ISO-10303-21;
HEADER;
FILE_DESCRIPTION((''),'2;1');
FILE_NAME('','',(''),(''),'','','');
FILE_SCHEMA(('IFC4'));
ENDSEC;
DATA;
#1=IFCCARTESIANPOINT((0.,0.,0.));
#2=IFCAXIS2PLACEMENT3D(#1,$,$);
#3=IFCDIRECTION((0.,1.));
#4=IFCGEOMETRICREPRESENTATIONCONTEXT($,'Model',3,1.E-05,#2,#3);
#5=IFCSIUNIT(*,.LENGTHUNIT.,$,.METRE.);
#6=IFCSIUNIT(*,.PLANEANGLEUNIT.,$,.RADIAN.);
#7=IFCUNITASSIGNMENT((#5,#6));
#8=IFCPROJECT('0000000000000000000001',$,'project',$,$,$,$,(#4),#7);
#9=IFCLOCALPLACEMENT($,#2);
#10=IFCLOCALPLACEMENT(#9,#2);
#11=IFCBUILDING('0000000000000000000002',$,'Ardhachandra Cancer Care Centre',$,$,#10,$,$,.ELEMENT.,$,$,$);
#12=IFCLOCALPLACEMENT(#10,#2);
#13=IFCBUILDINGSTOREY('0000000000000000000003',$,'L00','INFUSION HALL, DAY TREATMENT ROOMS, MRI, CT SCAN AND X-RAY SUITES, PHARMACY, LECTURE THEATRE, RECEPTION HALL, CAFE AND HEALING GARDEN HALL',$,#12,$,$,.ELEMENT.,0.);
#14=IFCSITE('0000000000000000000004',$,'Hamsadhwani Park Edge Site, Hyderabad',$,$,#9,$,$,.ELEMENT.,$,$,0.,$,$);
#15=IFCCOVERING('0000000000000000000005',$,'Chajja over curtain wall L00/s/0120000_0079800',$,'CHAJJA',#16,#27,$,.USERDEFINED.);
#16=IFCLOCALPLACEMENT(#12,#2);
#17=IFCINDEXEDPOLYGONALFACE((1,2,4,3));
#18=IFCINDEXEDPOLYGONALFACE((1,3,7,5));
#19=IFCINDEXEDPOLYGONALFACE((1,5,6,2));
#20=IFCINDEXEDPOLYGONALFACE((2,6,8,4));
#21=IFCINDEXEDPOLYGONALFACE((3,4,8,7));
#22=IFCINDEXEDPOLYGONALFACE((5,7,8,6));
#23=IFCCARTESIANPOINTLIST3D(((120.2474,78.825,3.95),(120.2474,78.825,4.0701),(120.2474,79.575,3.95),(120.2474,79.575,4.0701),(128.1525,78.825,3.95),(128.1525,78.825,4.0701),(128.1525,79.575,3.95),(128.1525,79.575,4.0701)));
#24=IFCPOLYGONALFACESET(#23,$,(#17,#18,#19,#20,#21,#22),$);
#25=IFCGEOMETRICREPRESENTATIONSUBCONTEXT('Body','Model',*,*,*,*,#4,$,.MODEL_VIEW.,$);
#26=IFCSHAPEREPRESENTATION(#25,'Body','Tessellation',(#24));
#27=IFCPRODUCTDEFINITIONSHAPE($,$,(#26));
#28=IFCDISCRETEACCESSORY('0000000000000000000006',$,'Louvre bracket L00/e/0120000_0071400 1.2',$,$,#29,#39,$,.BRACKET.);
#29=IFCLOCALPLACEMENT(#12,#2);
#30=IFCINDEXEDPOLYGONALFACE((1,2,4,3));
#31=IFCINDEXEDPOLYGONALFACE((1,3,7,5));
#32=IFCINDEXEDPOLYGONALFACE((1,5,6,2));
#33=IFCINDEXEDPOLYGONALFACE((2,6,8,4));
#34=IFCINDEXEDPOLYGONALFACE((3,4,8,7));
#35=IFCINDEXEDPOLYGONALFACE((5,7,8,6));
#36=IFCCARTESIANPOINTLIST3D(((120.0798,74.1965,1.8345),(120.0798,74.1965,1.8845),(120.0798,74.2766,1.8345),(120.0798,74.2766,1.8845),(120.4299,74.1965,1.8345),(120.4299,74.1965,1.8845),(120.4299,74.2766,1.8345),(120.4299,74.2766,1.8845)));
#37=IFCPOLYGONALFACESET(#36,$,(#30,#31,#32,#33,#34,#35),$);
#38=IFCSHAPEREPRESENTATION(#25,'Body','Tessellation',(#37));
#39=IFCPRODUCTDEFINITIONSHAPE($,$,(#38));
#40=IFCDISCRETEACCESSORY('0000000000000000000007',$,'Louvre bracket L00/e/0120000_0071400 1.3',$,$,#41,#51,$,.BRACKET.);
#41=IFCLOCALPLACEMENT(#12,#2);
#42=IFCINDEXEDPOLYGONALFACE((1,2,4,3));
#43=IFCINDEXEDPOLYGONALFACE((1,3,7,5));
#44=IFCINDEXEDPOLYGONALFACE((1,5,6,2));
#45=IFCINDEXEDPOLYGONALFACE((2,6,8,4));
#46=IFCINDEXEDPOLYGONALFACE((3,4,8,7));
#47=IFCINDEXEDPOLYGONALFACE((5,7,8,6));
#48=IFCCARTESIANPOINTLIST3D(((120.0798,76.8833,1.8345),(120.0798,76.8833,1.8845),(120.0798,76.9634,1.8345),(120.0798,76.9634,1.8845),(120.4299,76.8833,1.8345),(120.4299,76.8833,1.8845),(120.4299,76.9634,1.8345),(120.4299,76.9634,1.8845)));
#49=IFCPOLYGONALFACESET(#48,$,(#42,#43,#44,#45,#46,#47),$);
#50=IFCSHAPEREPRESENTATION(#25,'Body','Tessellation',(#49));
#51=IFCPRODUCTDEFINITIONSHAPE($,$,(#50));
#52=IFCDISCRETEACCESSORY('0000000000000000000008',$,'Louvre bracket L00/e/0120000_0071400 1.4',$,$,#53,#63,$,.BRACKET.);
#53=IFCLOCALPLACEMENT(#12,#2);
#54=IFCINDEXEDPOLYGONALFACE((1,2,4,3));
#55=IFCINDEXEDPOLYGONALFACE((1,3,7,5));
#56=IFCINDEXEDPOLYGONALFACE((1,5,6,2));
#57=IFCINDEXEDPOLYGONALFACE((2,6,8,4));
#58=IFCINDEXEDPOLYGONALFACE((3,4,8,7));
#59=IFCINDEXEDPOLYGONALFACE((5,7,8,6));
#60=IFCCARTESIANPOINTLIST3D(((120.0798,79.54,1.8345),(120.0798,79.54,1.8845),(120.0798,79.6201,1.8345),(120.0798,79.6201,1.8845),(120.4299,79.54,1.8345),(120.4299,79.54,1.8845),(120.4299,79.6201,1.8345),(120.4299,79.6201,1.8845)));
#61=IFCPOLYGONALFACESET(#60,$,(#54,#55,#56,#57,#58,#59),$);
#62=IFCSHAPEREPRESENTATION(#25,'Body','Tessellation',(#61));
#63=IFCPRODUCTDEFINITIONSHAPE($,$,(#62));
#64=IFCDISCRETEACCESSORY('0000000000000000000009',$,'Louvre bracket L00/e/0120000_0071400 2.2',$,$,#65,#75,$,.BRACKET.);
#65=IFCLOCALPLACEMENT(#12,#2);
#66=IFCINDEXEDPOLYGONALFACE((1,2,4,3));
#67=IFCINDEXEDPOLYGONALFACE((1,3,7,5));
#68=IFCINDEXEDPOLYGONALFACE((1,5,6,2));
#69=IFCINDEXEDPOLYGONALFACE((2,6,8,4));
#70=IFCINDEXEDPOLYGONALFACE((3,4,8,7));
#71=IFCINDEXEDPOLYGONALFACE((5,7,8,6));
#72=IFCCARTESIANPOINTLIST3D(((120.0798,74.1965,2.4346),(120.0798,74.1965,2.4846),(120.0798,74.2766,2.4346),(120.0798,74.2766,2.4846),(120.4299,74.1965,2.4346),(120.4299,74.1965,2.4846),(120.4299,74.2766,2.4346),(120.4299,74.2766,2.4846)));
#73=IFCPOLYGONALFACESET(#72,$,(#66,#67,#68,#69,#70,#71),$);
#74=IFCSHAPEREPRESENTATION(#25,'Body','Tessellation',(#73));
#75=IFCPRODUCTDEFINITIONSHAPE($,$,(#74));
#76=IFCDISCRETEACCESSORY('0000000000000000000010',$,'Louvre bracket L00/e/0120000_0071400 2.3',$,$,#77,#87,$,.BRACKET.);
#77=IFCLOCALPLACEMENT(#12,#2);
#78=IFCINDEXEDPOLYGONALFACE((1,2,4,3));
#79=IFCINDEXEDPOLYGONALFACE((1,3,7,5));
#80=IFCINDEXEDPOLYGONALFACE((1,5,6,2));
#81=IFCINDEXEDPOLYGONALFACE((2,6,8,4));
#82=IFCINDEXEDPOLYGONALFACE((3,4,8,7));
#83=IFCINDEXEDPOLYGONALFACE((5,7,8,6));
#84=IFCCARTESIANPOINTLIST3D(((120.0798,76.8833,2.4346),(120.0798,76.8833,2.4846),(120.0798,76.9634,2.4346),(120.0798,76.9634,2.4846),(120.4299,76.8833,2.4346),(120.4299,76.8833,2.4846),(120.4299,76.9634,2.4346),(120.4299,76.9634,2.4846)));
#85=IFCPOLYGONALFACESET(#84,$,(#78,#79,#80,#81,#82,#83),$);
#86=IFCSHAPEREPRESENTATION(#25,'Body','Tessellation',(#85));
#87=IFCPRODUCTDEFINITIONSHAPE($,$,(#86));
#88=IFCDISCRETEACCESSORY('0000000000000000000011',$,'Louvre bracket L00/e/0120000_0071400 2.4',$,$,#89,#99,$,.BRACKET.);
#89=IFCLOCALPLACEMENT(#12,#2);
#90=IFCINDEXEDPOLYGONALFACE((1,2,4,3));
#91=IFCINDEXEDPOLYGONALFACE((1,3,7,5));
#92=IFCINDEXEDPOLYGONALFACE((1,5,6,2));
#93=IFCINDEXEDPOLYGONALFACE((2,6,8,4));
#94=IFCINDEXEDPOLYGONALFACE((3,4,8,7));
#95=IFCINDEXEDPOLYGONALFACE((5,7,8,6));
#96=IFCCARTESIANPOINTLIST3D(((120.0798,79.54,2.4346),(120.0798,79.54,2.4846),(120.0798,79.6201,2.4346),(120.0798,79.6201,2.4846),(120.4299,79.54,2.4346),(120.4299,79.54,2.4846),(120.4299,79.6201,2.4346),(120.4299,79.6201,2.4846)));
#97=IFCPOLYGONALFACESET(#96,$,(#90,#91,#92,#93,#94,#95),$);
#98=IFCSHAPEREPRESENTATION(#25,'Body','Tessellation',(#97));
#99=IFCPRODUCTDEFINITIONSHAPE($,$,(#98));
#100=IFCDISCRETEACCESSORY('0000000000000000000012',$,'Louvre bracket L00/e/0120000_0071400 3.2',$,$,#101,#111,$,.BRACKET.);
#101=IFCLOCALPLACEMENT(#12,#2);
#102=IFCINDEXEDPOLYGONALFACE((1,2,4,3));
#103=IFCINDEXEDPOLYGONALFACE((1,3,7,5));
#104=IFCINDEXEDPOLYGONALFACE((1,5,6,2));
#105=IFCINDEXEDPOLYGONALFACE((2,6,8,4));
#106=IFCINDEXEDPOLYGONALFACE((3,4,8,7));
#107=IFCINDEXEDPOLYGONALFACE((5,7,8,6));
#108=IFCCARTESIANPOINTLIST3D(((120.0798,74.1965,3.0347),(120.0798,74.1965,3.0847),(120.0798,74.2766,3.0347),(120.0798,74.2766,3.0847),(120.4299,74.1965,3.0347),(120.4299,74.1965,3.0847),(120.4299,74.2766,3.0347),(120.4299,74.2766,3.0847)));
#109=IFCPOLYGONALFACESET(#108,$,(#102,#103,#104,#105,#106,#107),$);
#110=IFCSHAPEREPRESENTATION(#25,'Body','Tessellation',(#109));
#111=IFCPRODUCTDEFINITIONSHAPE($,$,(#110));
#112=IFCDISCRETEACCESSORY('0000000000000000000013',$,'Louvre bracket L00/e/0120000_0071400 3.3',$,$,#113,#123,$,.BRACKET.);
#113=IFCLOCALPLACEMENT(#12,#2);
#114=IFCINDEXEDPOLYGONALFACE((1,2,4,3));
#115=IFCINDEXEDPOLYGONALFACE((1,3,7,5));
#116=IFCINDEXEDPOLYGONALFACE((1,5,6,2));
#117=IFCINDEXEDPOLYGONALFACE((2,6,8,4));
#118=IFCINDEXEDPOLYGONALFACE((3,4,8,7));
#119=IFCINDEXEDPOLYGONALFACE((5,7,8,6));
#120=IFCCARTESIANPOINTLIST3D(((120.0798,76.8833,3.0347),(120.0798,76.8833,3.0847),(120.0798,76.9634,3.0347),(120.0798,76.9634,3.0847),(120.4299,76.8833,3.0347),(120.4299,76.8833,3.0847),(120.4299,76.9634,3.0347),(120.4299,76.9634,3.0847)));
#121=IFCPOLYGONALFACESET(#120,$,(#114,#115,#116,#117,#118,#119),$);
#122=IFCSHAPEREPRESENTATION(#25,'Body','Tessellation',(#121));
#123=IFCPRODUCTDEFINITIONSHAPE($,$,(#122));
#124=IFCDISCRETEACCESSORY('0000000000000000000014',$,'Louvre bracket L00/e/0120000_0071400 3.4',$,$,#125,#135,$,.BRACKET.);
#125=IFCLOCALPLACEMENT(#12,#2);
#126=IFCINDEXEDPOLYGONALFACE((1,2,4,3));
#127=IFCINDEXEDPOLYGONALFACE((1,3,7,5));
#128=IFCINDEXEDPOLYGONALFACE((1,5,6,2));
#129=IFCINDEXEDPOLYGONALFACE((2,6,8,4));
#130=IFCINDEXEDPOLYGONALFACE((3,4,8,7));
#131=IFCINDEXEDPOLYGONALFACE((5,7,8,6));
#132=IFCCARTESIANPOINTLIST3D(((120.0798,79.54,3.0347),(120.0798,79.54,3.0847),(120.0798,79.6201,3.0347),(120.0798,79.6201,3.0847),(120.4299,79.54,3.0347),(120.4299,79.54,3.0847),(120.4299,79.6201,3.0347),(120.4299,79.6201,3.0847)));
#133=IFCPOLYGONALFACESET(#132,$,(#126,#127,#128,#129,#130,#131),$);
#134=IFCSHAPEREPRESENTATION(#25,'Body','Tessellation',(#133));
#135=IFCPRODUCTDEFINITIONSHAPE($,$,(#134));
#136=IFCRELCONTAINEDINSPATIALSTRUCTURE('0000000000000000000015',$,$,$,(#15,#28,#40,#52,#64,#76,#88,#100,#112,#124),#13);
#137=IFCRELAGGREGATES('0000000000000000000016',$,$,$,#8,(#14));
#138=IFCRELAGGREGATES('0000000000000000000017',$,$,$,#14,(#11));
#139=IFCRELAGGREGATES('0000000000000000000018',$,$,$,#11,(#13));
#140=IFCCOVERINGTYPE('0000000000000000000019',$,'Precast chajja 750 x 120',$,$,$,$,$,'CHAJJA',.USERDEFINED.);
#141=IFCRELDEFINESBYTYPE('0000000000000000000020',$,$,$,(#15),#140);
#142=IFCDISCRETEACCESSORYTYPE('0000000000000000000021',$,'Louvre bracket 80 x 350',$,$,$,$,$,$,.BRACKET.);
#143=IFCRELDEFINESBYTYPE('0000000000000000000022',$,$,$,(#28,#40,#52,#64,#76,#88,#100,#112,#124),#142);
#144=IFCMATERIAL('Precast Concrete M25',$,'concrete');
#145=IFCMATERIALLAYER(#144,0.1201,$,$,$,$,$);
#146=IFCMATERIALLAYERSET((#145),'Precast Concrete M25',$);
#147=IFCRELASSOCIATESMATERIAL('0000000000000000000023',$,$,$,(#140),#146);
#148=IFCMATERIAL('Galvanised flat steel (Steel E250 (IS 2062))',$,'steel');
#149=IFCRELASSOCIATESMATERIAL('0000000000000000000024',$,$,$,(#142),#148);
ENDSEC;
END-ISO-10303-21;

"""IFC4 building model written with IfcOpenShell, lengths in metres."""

from ifc_helpers import new_model, si_unit, direction, frame, origin, origin_2d, place, context, subcontext, project, spatial, rectangle, extrude, material, layer, layer_set, type_object, element, save


model = new_model("IFC4")

# Units and contexts
model_context = context("Model", 3, precision=1e-05, world=origin(), true_north=direction((0.0, 1.0)))
body_context = subcontext(model_context, "Body", "Model", "MODEL_VIEW")
ifc_project = project(units=[si_unit("LENGTHUNIT", "METRE"), si_unit("PLANEANGLEUNIT", "RADIAN")], contexts=[model_context])

# Site, building, storey
site_placement = place(None, origin())
site = spatial("IfcSite", under=ifc_project, at=site_placement, Name="Hamsadhwani Park Edge Site, Hyderabad", CompositionType="ELEMENT", RefElevation=0.0)
building_placement = place(site_placement, origin())
building = spatial("IfcBuilding", under=site, at=building_placement, Name="Ardhachandra Cancer Care Centre", CompositionType="ELEMENT")
storey_placement = place(building_placement, origin())
storey = spatial("IfcBuildingStorey", under=building, at=storey_placement, Name="L00", Description="INFUSION HALL, DAY TREATMENT ROOMS, MRI, CT SCAN AND X-RAY SUITES, PHARMACY, LECTURE THEATRE, RECEPTION HALL, CAFE AND HEALING GARDEN HALL", CompositionType="ELEMENT", Elevation=0.0)

# Covering
ifc_material_1 = material(Name="Precast Concrete M25", Category="concrete")
ifc_layer_1 = layer(ifc_material_1, 0.1201)
ifc_layer_set_1 = layer_set([ifc_layer_1], Name="Precast Concrete M25")
covering_type = type_object("IfcCoveringType", Name="Precast chajja 750 x 120", ElementType="CHAJJA", PredefinedType="USERDEFINED", material=ifc_layer_set_1)
covering_1_placement = place(storey_placement, frame((124.2, 79.2, 3.95), z_axis=(0.0, 0.0, 1.0), x_axis=(1.0, 0.0, 0.0)))
element("IfcCovering", 1, at=covering_1_placement, inside=storey, type_object=covering_type, Name="Chajja over curtain wall L00/s/0120000_0079800", ObjectType="CHAJJA", PredefinedType="USERDEFINED", context=body_context, shape_type="SweptSolid", body=[
    extrude(rectangle(XDim=7.905, YDim=0.75, at=origin_2d()), origin(), (0.0, 0.0, 1.0), 0.1201),
])

# Discrete accessories
ifc_material_2 = material(Name="Galvanised flat steel (Steel E250 (IS 2062))", Category="steel")
discrete_accessory_type = type_object("IfcDiscreteAccessoryType", Name="Louvre bracket 80 x 350", PredefinedType="BRACKET", material=ifc_material_2)
for number, where, z_axis, x_axis, name in (
    (2, (120.2549, 74.2366, 1.8345), (0.0, 0.0, 1.0), (0.0, 1.0, 0.0), "Louvre bracket L00/e/0120000_0071400 1.2"),
    (3, (120.2549, 76.9233, 1.8345), (0.0, 0.0, 1.0), (0.0, 1.0, 0.0), "Louvre bracket L00/e/0120000_0071400 1.3"),
    (4, (120.2549, 79.5801, 1.8345), (0.0, 0.0, 1.0), (0.0, 1.0, 0.0), "Louvre bracket L00/e/0120000_0071400 1.4"),
    (5, (120.2549, 74.2366, 2.4346), (0.0, 0.0, 1.0), (0.0, 1.0, 0.0), "Louvre bracket L00/e/0120000_0071400 2.2"),
    (6, (120.2549, 76.9233, 2.4346), (0.0, 0.0, 1.0), (0.0, 1.0, 0.0), "Louvre bracket L00/e/0120000_0071400 2.3"),
    (7, (120.2549, 79.5801, 2.4346), (0.0, 0.0, 1.0), (0.0, 1.0, 0.0), "Louvre bracket L00/e/0120000_0071400 2.4"),
    (8, (120.2549, 74.2366, 3.0347), (0.0, 0.0, 1.0), (0.0, 1.0, 0.0), "Louvre bracket L00/e/0120000_0071400 3.2"),
    (9, (120.2549, 76.9233, 3.0347), (0.0, 0.0, 1.0), (0.0, 1.0, 0.0), "Louvre bracket L00/e/0120000_0071400 3.3"),
    (10, (120.2549, 79.5801, 3.0347), (0.0, 0.0, 1.0), (0.0, 1.0, 0.0), "Louvre bracket L00/e/0120000_0071400 3.4"),
):
    element("IfcDiscreteAccessory", number, at=place(storey_placement, frame(where, z_axis=z_axis, x_axis=x_axis)), inside=storey, type_object=discrete_accessory_type, Name=name, PredefinedType="BRACKET", context=body_context, shape_type="SweptSolid", body=[
        extrude(rectangle(XDim=0.0801, YDim=0.3501, at=origin_2d()), origin(), (0.0, 0.0, 1.0), 0.05),
    ])

save(model, "model.ifc")
